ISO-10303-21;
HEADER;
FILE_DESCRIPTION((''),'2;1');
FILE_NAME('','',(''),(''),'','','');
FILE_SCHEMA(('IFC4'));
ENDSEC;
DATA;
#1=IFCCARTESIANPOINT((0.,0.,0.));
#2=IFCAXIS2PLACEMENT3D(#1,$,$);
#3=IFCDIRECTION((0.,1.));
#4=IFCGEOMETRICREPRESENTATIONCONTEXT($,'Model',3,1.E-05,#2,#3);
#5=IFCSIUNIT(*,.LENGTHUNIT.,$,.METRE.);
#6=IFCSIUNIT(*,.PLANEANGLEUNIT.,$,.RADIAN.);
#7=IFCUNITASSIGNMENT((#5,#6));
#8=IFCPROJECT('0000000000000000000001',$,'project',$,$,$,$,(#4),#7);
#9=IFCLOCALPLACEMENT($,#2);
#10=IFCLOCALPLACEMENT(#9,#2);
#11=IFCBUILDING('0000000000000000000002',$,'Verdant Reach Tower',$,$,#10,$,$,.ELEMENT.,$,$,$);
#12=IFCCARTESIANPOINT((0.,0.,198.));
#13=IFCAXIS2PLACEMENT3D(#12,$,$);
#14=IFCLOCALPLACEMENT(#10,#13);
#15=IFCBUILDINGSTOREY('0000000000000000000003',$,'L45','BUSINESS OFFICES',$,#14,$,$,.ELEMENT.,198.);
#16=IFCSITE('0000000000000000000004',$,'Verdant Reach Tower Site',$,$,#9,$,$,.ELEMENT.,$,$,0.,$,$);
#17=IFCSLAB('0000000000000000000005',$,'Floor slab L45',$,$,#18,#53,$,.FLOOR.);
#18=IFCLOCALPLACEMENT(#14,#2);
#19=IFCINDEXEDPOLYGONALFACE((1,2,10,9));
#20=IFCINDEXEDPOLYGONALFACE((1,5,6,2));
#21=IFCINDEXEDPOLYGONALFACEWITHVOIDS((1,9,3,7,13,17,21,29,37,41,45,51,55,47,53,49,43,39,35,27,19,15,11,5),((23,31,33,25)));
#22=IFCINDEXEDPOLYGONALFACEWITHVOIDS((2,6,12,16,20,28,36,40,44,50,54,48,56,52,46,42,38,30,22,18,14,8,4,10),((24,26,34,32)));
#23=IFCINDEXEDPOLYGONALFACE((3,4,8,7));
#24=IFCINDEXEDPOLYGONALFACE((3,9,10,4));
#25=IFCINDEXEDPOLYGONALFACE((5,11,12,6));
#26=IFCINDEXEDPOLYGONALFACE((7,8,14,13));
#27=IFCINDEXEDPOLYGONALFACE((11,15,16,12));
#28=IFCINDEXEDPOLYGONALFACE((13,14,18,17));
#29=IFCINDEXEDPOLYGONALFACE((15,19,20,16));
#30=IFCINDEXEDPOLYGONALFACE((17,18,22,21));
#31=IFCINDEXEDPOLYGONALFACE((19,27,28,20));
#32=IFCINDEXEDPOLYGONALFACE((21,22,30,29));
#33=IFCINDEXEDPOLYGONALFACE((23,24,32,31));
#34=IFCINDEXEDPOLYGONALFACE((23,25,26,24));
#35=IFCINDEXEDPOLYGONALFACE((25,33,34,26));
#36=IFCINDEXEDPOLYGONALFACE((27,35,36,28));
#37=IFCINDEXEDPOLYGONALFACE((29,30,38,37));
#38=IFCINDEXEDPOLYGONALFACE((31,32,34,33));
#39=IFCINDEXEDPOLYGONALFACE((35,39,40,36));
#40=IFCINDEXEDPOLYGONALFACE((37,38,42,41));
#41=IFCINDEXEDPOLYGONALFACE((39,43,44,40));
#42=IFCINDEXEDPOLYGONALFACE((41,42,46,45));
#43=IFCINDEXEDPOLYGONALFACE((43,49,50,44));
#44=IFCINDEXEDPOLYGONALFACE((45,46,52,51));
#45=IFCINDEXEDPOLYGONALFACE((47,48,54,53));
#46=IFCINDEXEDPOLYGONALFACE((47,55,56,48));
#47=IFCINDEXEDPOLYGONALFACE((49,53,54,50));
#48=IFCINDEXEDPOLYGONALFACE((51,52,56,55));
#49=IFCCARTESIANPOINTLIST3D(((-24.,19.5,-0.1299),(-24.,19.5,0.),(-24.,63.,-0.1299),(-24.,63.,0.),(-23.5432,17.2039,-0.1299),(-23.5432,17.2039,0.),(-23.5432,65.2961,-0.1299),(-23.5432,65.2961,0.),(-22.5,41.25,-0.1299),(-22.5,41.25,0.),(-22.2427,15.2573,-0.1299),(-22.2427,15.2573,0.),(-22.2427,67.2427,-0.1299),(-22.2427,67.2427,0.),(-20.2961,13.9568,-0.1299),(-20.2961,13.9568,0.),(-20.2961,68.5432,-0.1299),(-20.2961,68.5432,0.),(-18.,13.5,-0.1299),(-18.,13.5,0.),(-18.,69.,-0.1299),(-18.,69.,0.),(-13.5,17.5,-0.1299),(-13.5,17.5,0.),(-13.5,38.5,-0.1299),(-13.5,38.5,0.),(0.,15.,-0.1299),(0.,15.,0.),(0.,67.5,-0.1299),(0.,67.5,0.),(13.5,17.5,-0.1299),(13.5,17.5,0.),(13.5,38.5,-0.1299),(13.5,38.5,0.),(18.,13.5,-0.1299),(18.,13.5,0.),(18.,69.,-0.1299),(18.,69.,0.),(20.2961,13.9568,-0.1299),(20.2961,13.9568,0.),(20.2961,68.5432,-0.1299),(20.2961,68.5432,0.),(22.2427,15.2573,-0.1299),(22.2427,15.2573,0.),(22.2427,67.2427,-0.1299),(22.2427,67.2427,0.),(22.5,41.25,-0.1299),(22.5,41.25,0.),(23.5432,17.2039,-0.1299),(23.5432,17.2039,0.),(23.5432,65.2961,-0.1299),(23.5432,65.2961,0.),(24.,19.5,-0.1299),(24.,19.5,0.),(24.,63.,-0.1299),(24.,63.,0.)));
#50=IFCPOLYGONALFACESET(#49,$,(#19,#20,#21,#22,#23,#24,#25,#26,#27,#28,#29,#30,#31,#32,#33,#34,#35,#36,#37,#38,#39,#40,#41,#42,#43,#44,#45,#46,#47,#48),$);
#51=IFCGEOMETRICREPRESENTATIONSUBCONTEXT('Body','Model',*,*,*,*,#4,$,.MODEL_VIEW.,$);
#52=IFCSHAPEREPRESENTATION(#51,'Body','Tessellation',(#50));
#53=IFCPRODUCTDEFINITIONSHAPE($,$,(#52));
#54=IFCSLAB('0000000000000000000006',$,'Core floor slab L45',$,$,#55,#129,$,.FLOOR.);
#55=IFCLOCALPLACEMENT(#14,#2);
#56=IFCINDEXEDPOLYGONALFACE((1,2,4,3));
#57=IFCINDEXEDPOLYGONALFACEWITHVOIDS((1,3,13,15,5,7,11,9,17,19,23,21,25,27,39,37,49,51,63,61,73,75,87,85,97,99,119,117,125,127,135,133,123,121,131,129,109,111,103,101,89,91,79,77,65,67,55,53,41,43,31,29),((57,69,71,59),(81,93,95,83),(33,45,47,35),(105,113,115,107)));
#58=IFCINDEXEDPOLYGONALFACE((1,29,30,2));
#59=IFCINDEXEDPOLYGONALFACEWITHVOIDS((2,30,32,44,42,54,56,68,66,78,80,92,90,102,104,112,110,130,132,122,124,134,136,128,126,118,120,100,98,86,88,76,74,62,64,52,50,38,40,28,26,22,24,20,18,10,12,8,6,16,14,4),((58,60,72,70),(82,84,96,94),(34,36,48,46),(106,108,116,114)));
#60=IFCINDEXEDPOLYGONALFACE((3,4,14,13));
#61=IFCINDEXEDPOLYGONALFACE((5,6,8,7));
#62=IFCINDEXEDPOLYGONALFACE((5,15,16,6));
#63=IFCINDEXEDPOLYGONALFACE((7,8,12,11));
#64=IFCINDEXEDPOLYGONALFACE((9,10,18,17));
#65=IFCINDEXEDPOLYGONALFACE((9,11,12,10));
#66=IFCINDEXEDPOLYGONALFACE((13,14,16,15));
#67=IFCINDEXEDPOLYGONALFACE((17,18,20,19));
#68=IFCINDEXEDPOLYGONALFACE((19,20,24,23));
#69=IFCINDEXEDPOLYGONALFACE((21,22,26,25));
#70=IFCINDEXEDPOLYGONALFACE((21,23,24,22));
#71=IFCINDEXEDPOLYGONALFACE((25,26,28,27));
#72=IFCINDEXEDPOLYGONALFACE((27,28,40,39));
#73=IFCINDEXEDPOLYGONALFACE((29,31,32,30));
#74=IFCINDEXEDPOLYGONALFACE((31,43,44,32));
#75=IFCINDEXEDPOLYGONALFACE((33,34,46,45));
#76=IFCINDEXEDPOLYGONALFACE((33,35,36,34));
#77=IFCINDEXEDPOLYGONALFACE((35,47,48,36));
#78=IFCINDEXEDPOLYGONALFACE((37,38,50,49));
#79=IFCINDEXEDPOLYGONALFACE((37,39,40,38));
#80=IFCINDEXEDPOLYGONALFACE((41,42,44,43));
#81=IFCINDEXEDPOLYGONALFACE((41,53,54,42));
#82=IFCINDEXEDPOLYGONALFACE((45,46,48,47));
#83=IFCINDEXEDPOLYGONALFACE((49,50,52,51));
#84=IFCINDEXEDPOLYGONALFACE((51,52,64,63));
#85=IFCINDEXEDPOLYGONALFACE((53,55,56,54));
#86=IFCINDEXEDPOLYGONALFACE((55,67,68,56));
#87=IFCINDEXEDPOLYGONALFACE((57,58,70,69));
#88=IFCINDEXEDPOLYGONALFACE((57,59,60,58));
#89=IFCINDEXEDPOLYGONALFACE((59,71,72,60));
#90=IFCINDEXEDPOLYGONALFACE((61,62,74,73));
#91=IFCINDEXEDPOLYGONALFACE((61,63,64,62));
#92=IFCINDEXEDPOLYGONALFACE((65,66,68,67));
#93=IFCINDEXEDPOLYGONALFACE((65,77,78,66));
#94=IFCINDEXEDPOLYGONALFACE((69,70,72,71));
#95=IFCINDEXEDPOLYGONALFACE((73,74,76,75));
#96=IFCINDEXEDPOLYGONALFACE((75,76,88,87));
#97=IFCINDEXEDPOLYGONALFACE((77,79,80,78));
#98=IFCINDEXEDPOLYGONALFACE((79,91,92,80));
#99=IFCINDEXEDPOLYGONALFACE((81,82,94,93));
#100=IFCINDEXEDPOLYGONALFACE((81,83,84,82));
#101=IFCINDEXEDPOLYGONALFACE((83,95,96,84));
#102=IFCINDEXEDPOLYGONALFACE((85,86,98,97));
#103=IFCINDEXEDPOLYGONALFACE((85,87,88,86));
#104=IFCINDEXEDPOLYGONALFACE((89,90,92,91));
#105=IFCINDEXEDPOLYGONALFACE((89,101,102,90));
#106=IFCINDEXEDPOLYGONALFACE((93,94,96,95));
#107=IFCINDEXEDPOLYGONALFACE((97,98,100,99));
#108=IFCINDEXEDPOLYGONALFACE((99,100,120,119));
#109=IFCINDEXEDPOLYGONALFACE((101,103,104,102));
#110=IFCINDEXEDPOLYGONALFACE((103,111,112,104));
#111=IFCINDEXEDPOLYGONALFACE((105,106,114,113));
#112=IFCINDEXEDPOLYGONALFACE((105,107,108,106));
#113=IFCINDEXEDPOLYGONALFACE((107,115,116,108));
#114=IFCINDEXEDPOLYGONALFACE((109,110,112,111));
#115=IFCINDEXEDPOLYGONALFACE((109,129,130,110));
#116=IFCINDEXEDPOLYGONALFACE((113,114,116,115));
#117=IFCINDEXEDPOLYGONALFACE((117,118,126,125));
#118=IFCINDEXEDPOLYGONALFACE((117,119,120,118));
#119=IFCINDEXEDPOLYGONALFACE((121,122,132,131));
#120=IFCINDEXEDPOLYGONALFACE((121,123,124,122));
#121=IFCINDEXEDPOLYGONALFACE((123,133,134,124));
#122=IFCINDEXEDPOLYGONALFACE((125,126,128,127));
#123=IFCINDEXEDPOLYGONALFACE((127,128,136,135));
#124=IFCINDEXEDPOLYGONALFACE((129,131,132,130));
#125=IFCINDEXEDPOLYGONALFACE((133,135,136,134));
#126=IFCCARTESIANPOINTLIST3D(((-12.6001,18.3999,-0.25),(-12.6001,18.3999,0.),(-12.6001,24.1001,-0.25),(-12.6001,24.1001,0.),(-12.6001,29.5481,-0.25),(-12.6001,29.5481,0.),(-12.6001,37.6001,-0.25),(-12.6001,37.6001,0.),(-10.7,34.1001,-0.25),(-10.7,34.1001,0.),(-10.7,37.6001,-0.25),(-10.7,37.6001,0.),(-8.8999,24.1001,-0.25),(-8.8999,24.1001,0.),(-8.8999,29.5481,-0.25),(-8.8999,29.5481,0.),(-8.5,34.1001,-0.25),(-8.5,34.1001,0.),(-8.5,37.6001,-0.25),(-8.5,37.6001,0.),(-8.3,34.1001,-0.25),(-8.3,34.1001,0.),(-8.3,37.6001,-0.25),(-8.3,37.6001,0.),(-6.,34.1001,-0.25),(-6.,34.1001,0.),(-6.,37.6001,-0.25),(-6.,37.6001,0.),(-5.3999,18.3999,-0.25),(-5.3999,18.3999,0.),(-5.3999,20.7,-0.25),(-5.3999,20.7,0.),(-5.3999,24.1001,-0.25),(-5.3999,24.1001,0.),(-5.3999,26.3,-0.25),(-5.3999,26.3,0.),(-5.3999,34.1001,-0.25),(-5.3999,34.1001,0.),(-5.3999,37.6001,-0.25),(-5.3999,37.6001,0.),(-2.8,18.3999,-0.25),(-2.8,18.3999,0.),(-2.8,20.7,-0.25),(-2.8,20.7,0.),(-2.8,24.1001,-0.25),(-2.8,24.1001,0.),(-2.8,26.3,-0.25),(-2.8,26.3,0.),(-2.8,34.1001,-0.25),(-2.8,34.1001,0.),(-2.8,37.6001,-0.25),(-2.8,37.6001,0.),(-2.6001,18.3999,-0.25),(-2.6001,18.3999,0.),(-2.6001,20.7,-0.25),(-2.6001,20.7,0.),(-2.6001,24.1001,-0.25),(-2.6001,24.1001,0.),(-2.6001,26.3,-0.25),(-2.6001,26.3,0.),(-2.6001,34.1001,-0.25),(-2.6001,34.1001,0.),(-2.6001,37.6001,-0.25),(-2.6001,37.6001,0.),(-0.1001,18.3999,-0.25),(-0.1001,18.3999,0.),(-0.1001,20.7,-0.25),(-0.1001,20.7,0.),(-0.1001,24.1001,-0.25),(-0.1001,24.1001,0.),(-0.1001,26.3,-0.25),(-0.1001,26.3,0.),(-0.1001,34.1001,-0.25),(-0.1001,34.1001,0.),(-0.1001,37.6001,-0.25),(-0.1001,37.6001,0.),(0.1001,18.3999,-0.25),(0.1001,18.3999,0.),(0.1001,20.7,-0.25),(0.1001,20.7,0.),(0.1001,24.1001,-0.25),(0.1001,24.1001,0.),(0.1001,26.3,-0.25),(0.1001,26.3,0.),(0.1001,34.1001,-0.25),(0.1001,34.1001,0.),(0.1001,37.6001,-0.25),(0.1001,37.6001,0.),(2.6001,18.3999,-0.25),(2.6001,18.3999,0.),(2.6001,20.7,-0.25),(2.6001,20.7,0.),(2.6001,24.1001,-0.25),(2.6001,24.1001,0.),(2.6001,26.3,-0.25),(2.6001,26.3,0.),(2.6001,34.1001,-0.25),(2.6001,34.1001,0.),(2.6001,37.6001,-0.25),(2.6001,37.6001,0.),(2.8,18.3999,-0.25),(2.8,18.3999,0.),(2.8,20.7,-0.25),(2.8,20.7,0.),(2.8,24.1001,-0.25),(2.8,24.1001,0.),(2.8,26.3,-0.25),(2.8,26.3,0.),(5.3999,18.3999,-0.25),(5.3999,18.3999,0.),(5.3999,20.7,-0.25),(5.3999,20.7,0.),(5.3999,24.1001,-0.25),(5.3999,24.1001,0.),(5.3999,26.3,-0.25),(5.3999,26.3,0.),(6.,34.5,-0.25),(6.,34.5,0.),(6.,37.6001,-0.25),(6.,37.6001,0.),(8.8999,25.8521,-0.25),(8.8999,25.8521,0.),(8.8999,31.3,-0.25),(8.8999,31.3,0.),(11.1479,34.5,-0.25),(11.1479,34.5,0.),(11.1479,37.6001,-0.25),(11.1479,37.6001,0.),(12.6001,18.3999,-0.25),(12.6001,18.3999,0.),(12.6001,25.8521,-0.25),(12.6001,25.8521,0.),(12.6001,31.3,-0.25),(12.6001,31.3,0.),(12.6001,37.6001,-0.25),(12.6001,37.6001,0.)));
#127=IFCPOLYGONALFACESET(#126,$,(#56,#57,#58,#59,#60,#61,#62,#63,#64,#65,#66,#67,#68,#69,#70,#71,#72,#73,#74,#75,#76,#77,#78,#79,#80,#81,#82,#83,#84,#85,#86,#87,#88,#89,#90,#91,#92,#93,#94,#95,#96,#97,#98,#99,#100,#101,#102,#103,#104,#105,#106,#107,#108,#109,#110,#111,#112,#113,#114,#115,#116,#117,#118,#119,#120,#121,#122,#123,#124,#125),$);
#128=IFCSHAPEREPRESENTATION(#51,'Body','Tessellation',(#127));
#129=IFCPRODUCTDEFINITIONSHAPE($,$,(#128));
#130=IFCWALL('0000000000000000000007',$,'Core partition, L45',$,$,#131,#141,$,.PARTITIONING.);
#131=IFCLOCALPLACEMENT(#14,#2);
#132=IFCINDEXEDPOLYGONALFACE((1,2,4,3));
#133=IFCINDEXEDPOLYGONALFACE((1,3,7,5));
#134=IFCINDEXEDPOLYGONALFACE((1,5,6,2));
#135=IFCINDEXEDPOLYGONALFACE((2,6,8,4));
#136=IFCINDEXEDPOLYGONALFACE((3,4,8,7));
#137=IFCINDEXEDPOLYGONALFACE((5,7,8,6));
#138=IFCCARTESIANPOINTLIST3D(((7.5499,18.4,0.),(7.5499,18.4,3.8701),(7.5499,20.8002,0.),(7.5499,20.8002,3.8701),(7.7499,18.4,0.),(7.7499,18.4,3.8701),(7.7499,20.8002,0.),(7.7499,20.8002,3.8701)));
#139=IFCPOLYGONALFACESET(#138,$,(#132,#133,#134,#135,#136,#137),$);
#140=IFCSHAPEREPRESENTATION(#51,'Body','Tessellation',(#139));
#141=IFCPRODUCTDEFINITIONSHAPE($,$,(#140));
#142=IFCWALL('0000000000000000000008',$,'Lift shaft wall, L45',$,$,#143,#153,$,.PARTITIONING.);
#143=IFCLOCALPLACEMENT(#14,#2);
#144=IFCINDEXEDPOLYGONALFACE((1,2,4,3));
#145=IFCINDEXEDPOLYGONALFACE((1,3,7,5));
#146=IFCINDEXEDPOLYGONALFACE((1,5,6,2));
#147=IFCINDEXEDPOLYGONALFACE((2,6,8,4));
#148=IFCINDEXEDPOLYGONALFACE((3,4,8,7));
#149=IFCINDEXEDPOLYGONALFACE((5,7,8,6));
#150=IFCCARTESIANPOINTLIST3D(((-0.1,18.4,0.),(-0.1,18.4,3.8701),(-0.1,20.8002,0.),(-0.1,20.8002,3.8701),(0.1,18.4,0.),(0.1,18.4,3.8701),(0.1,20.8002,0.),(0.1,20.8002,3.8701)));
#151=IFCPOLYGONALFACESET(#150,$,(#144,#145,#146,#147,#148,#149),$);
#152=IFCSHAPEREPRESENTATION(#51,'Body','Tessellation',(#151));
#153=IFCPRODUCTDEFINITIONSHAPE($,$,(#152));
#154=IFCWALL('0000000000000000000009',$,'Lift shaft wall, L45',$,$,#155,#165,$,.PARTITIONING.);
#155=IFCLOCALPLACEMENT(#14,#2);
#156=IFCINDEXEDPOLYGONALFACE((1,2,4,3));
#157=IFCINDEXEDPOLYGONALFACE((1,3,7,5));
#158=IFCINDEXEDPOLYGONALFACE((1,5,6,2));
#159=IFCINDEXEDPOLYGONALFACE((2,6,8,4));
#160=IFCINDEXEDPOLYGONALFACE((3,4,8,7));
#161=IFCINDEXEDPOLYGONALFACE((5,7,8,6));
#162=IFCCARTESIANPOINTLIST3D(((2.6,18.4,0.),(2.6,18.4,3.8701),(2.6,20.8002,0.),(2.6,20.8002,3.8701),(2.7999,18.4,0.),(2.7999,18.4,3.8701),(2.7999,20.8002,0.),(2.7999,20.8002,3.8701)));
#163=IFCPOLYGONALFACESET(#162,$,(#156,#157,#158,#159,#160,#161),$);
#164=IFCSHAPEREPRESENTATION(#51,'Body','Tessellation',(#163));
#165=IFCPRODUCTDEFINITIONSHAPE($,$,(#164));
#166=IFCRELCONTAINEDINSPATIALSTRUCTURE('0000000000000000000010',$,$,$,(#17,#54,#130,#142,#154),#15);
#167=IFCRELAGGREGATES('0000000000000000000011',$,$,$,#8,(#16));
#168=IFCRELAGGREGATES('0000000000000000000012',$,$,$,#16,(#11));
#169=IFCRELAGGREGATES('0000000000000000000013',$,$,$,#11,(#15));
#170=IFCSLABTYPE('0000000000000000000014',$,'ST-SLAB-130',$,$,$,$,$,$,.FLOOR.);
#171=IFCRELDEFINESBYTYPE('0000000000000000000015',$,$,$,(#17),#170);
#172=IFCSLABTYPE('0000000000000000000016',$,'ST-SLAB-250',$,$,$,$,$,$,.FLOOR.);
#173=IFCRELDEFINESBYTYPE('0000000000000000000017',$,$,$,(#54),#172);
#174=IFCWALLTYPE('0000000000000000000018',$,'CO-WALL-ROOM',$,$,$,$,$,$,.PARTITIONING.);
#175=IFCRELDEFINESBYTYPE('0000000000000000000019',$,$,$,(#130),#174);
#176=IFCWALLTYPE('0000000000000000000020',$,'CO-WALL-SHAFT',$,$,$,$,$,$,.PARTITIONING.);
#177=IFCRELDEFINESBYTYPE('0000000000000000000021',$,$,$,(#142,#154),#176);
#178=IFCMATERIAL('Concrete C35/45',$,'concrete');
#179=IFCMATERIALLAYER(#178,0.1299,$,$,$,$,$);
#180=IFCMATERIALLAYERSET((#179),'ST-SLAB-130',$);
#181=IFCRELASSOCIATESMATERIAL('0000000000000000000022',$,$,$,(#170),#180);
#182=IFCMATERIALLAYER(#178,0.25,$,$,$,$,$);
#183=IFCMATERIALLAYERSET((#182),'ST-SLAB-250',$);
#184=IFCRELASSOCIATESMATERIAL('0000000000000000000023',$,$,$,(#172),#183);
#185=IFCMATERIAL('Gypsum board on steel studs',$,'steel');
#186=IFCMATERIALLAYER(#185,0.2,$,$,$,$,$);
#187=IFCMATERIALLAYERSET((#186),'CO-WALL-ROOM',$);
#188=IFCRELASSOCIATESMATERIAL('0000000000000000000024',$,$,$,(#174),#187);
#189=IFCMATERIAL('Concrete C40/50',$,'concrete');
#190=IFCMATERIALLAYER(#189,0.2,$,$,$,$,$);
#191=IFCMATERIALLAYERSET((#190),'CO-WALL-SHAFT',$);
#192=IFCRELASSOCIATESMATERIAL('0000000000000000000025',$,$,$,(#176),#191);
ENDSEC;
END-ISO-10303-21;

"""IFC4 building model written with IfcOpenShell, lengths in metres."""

from ifc_helpers import new_model, si_unit, direction, frame, frame_2d, origin, place, context, subcontext, project, spatial, polyline, rectangle, outline, extrude, material, layer, layer_set, type_object, element, save


model = new_model("IFC4")

# Units and contexts
model_context = context("Model", 3, precision=1e-05, world=origin(), true_north=direction((0.0, 1.0)))
body_context = subcontext(model_context, "Body", "Model", "MODEL_VIEW")
ifc_project = project(units=[si_unit("LENGTHUNIT", "METRE"), si_unit("PLANEANGLEUNIT", "RADIAN")], contexts=[model_context])

# Site, building, storey
site_placement = place(None, origin())
site = spatial("IfcSite", under=ifc_project, at=site_placement, Name="Verdant Reach Tower Site", CompositionType="ELEMENT", RefElevation=0.0)
building_placement = place(site_placement, origin())
building = spatial("IfcBuilding", under=site, at=building_placement, Name="Verdant Reach Tower", CompositionType="ELEMENT")
storey_placement = place(building_placement, frame((0.0, 0.0, 198.0)))
storey = spatial("IfcBuildingStorey", under=building, at=storey_placement, Name="L45", Description="BUSINESS OFFICES", CompositionType="ELEMENT", Elevation=198.0)

# Shared definitions
ifc_material_1 = material(Name="Concrete C40/50", Category="concrete")

# Slabs
ifc_material_2 = material(Name="Concrete C35/45", Category="concrete")
ifc_layer_1 = layer(ifc_material_2, 0.1299)
ifc_layer_set_1 = layer_set([ifc_layer_1], Name="ST-SLAB-130")
slab_type_1 = type_object("IfcSlabType", Name="ST-SLAB-130", PredefinedType="FLOOR", material=ifc_layer_set_1)
slab_1_placement = place(storey_placement, frame((0.0, 0.0, -0.1299)))
element("IfcSlab", 1, at=slab_1_placement, inside=storey, type_object=slab_type_1, Name="Floor slab L45", PredefinedType="FLOOR", context=body_context, shape_type="SweptSolid", body=[
    extrude(outline(polyline([(0.0, 15.0), (-18.0, 13.5), (-20.2961, 13.9568), (-22.2427, 15.2573), (-23.5432, 17.2039), (-24.0, 19.5), (-22.5, 41.25), (-24.0, 63.0), (-23.5432, 65.2961), (-22.2427, 67.2427), (-20.2961, 68.5432), (-18.0, 69.0), (0.0, 67.5), (18.0, 69.0), (20.2961, 68.5432), (22.2427, 67.2427), (23.5432, 65.2961), (24.0, 63.0), (22.5, 41.25), (24.0, 19.5), (23.5432, 17.2039), (22.2427, 15.2573), (20.2961, 13.9568), (18.0, 13.5), (0.0, 15.0)]), holes=[polyline([(13.5, 38.5), (-13.5, 38.5), (-13.5, 17.5), (13.5, 17.5), (13.5, 38.5)])]), origin(), (0.0, 0.0, 1.0), 0.1299),
])
ifc_layer_2 = layer(ifc_material_2, 0.25)
ifc_layer_set_2 = layer_set([ifc_layer_2], Name="ST-SLAB-250")
slab_type_2 = type_object("IfcSlabType", Name="ST-SLAB-250", PredefinedType="FLOOR", material=ifc_layer_set_2)
slab_2_placement = place(storey_placement, frame((0.0, 0.0, -0.25)))
element("IfcSlab", 2, at=slab_2_placement, inside=storey, type_object=slab_type_2, Name="Core floor slab L45", PredefinedType="FLOOR", context=body_context, shape_type="SweptSolid", body=[
    extrude(outline(polyline([(12.6001, 18.3999), (5.3999, 18.3999), (5.3999, 20.7), (2.8, 20.7), (2.8, 18.3999), (2.6001, 18.3999), (2.6001, 20.7), (0.1001, 20.7), (0.1001, 18.3999), (-0.1001, 18.3999), (-0.1001, 20.7), (-2.6001, 20.7), (-2.6001, 18.3999), (-2.8, 18.3999), (-2.8, 20.7), (-5.3999, 20.7), (-5.3999, 18.3999), (-12.6001, 18.3999), (-12.6001, 24.1001), (-8.8999, 24.1001), (-8.8999, 29.5481), (-12.6001, 29.5481), (-12.6001, 37.6001), (-10.7, 37.6001), (-10.7, 34.1001), (-8.5, 34.1001), (-8.5, 37.6001), (-8.3, 37.6001), (-8.3, 34.1001), (-6.0, 34.1001), (-6.0, 37.6001), (-5.3999, 37.6001), (-5.3999, 34.1001), (-2.8, 34.1001), (-2.8, 37.6001), (-2.6001, 37.6001), (-2.6001, 34.1001), (-0.1001, 34.1001), (-0.1001, 37.6001), (0.1001, 37.6001), (0.1001, 34.1001), (2.6001, 34.1001), (2.6001, 37.6001), (6.0, 37.6001), (6.0, 34.5), (11.1479, 34.5), (11.1479, 37.6001), (12.6001, 37.6001), (12.6001, 31.3), (8.8999, 31.3), (8.8999, 25.8521), (12.6001, 25.8521), (12.6001, 18.3999)]), holes=[polyline([(-2.8, 24.1001), (-2.8, 26.3), (-5.3999, 26.3), (-5.3999, 24.1001), (-2.8, 24.1001)]), polyline([(-0.1001, 24.1001), (-0.1001, 26.3), (-2.6001, 26.3), (-2.6001, 24.1001), (-0.1001, 24.1001)]), polyline([(2.6001, 24.1001), (2.6001, 26.3), (0.1001, 26.3), (0.1001, 24.1001), (2.6001, 24.1001)]), polyline([(5.3999, 24.1001), (5.3999, 26.3), (2.8, 26.3), (2.8, 24.1001), (5.3999, 24.1001)])]), origin(), (0.0, 0.0, 1.0), 0.25),
])

# Walls
ifc_material_3 = material(Name="Gypsum board on steel studs", Category="steel")
ifc_layer_3 = layer(ifc_material_3, 0.2)
ifc_layer_set_3 = layer_set([ifc_layer_3], Name="CO-WALL-ROOM")
wall_type_1 = type_object("IfcWallType", Name="CO-WALL-ROOM", PredefinedType="PARTITIONING", material=ifc_layer_set_3)
wall_1_placement = place(storey_placement, frame((7.6499, 18.3999, 0.0), z_axis=(0.0, 0.0, 1.0), x_axis=(0.0, 1.0, 0.0)))
element("IfcWall", 3, at=wall_1_placement, inside=storey, type_object=wall_type_1, Name="Core partition, L45", PredefinedType="PARTITIONING", context=body_context, shape_type="SweptSolid", body=[
    extrude(rectangle(XDim=2.4001, YDim=0.2, at=frame_2d((1.2002, 0.0))), origin(), (0.0, 0.0, 1.0), 3.8701),
])
ifc_layer_4 = layer(ifc_material_1, 0.2)
ifc_layer_set_4 = layer_set([ifc_layer_4], Name="CO-WALL-SHAFT")
wall_type_2 = type_object("IfcWallType", Name="CO-WALL-SHAFT", PredefinedType="PARTITIONING", material=ifc_layer_set_4)
for number, where, z_axis, x_axis, name in (
    (4, (0.0, 18.3999, 0.0), (0.0, 0.0, 1.0), (0.0, 1.0, 0.0), "Lift shaft wall, L45"),
    (5, (2.7, 18.3999, 0.0), (0.0, 0.0, 1.0), (0.0, 1.0, 0.0), "Lift shaft wall, L45"),
):
    element("IfcWall", number, at=place(storey_placement, frame(where, z_axis=z_axis, x_axis=x_axis)), inside=storey, type_object=wall_type_2, Name=name, PredefinedType="PARTITIONING", context=body_context, shape_type="SweptSolid", body=[
        extrude(rectangle(XDim=2.4001, YDim=0.2, at=frame_2d((1.2002, 0.0))), origin(), (0.0, 0.0, 1.0), 3.8701),
    ])

save(model, "model.ifc")
